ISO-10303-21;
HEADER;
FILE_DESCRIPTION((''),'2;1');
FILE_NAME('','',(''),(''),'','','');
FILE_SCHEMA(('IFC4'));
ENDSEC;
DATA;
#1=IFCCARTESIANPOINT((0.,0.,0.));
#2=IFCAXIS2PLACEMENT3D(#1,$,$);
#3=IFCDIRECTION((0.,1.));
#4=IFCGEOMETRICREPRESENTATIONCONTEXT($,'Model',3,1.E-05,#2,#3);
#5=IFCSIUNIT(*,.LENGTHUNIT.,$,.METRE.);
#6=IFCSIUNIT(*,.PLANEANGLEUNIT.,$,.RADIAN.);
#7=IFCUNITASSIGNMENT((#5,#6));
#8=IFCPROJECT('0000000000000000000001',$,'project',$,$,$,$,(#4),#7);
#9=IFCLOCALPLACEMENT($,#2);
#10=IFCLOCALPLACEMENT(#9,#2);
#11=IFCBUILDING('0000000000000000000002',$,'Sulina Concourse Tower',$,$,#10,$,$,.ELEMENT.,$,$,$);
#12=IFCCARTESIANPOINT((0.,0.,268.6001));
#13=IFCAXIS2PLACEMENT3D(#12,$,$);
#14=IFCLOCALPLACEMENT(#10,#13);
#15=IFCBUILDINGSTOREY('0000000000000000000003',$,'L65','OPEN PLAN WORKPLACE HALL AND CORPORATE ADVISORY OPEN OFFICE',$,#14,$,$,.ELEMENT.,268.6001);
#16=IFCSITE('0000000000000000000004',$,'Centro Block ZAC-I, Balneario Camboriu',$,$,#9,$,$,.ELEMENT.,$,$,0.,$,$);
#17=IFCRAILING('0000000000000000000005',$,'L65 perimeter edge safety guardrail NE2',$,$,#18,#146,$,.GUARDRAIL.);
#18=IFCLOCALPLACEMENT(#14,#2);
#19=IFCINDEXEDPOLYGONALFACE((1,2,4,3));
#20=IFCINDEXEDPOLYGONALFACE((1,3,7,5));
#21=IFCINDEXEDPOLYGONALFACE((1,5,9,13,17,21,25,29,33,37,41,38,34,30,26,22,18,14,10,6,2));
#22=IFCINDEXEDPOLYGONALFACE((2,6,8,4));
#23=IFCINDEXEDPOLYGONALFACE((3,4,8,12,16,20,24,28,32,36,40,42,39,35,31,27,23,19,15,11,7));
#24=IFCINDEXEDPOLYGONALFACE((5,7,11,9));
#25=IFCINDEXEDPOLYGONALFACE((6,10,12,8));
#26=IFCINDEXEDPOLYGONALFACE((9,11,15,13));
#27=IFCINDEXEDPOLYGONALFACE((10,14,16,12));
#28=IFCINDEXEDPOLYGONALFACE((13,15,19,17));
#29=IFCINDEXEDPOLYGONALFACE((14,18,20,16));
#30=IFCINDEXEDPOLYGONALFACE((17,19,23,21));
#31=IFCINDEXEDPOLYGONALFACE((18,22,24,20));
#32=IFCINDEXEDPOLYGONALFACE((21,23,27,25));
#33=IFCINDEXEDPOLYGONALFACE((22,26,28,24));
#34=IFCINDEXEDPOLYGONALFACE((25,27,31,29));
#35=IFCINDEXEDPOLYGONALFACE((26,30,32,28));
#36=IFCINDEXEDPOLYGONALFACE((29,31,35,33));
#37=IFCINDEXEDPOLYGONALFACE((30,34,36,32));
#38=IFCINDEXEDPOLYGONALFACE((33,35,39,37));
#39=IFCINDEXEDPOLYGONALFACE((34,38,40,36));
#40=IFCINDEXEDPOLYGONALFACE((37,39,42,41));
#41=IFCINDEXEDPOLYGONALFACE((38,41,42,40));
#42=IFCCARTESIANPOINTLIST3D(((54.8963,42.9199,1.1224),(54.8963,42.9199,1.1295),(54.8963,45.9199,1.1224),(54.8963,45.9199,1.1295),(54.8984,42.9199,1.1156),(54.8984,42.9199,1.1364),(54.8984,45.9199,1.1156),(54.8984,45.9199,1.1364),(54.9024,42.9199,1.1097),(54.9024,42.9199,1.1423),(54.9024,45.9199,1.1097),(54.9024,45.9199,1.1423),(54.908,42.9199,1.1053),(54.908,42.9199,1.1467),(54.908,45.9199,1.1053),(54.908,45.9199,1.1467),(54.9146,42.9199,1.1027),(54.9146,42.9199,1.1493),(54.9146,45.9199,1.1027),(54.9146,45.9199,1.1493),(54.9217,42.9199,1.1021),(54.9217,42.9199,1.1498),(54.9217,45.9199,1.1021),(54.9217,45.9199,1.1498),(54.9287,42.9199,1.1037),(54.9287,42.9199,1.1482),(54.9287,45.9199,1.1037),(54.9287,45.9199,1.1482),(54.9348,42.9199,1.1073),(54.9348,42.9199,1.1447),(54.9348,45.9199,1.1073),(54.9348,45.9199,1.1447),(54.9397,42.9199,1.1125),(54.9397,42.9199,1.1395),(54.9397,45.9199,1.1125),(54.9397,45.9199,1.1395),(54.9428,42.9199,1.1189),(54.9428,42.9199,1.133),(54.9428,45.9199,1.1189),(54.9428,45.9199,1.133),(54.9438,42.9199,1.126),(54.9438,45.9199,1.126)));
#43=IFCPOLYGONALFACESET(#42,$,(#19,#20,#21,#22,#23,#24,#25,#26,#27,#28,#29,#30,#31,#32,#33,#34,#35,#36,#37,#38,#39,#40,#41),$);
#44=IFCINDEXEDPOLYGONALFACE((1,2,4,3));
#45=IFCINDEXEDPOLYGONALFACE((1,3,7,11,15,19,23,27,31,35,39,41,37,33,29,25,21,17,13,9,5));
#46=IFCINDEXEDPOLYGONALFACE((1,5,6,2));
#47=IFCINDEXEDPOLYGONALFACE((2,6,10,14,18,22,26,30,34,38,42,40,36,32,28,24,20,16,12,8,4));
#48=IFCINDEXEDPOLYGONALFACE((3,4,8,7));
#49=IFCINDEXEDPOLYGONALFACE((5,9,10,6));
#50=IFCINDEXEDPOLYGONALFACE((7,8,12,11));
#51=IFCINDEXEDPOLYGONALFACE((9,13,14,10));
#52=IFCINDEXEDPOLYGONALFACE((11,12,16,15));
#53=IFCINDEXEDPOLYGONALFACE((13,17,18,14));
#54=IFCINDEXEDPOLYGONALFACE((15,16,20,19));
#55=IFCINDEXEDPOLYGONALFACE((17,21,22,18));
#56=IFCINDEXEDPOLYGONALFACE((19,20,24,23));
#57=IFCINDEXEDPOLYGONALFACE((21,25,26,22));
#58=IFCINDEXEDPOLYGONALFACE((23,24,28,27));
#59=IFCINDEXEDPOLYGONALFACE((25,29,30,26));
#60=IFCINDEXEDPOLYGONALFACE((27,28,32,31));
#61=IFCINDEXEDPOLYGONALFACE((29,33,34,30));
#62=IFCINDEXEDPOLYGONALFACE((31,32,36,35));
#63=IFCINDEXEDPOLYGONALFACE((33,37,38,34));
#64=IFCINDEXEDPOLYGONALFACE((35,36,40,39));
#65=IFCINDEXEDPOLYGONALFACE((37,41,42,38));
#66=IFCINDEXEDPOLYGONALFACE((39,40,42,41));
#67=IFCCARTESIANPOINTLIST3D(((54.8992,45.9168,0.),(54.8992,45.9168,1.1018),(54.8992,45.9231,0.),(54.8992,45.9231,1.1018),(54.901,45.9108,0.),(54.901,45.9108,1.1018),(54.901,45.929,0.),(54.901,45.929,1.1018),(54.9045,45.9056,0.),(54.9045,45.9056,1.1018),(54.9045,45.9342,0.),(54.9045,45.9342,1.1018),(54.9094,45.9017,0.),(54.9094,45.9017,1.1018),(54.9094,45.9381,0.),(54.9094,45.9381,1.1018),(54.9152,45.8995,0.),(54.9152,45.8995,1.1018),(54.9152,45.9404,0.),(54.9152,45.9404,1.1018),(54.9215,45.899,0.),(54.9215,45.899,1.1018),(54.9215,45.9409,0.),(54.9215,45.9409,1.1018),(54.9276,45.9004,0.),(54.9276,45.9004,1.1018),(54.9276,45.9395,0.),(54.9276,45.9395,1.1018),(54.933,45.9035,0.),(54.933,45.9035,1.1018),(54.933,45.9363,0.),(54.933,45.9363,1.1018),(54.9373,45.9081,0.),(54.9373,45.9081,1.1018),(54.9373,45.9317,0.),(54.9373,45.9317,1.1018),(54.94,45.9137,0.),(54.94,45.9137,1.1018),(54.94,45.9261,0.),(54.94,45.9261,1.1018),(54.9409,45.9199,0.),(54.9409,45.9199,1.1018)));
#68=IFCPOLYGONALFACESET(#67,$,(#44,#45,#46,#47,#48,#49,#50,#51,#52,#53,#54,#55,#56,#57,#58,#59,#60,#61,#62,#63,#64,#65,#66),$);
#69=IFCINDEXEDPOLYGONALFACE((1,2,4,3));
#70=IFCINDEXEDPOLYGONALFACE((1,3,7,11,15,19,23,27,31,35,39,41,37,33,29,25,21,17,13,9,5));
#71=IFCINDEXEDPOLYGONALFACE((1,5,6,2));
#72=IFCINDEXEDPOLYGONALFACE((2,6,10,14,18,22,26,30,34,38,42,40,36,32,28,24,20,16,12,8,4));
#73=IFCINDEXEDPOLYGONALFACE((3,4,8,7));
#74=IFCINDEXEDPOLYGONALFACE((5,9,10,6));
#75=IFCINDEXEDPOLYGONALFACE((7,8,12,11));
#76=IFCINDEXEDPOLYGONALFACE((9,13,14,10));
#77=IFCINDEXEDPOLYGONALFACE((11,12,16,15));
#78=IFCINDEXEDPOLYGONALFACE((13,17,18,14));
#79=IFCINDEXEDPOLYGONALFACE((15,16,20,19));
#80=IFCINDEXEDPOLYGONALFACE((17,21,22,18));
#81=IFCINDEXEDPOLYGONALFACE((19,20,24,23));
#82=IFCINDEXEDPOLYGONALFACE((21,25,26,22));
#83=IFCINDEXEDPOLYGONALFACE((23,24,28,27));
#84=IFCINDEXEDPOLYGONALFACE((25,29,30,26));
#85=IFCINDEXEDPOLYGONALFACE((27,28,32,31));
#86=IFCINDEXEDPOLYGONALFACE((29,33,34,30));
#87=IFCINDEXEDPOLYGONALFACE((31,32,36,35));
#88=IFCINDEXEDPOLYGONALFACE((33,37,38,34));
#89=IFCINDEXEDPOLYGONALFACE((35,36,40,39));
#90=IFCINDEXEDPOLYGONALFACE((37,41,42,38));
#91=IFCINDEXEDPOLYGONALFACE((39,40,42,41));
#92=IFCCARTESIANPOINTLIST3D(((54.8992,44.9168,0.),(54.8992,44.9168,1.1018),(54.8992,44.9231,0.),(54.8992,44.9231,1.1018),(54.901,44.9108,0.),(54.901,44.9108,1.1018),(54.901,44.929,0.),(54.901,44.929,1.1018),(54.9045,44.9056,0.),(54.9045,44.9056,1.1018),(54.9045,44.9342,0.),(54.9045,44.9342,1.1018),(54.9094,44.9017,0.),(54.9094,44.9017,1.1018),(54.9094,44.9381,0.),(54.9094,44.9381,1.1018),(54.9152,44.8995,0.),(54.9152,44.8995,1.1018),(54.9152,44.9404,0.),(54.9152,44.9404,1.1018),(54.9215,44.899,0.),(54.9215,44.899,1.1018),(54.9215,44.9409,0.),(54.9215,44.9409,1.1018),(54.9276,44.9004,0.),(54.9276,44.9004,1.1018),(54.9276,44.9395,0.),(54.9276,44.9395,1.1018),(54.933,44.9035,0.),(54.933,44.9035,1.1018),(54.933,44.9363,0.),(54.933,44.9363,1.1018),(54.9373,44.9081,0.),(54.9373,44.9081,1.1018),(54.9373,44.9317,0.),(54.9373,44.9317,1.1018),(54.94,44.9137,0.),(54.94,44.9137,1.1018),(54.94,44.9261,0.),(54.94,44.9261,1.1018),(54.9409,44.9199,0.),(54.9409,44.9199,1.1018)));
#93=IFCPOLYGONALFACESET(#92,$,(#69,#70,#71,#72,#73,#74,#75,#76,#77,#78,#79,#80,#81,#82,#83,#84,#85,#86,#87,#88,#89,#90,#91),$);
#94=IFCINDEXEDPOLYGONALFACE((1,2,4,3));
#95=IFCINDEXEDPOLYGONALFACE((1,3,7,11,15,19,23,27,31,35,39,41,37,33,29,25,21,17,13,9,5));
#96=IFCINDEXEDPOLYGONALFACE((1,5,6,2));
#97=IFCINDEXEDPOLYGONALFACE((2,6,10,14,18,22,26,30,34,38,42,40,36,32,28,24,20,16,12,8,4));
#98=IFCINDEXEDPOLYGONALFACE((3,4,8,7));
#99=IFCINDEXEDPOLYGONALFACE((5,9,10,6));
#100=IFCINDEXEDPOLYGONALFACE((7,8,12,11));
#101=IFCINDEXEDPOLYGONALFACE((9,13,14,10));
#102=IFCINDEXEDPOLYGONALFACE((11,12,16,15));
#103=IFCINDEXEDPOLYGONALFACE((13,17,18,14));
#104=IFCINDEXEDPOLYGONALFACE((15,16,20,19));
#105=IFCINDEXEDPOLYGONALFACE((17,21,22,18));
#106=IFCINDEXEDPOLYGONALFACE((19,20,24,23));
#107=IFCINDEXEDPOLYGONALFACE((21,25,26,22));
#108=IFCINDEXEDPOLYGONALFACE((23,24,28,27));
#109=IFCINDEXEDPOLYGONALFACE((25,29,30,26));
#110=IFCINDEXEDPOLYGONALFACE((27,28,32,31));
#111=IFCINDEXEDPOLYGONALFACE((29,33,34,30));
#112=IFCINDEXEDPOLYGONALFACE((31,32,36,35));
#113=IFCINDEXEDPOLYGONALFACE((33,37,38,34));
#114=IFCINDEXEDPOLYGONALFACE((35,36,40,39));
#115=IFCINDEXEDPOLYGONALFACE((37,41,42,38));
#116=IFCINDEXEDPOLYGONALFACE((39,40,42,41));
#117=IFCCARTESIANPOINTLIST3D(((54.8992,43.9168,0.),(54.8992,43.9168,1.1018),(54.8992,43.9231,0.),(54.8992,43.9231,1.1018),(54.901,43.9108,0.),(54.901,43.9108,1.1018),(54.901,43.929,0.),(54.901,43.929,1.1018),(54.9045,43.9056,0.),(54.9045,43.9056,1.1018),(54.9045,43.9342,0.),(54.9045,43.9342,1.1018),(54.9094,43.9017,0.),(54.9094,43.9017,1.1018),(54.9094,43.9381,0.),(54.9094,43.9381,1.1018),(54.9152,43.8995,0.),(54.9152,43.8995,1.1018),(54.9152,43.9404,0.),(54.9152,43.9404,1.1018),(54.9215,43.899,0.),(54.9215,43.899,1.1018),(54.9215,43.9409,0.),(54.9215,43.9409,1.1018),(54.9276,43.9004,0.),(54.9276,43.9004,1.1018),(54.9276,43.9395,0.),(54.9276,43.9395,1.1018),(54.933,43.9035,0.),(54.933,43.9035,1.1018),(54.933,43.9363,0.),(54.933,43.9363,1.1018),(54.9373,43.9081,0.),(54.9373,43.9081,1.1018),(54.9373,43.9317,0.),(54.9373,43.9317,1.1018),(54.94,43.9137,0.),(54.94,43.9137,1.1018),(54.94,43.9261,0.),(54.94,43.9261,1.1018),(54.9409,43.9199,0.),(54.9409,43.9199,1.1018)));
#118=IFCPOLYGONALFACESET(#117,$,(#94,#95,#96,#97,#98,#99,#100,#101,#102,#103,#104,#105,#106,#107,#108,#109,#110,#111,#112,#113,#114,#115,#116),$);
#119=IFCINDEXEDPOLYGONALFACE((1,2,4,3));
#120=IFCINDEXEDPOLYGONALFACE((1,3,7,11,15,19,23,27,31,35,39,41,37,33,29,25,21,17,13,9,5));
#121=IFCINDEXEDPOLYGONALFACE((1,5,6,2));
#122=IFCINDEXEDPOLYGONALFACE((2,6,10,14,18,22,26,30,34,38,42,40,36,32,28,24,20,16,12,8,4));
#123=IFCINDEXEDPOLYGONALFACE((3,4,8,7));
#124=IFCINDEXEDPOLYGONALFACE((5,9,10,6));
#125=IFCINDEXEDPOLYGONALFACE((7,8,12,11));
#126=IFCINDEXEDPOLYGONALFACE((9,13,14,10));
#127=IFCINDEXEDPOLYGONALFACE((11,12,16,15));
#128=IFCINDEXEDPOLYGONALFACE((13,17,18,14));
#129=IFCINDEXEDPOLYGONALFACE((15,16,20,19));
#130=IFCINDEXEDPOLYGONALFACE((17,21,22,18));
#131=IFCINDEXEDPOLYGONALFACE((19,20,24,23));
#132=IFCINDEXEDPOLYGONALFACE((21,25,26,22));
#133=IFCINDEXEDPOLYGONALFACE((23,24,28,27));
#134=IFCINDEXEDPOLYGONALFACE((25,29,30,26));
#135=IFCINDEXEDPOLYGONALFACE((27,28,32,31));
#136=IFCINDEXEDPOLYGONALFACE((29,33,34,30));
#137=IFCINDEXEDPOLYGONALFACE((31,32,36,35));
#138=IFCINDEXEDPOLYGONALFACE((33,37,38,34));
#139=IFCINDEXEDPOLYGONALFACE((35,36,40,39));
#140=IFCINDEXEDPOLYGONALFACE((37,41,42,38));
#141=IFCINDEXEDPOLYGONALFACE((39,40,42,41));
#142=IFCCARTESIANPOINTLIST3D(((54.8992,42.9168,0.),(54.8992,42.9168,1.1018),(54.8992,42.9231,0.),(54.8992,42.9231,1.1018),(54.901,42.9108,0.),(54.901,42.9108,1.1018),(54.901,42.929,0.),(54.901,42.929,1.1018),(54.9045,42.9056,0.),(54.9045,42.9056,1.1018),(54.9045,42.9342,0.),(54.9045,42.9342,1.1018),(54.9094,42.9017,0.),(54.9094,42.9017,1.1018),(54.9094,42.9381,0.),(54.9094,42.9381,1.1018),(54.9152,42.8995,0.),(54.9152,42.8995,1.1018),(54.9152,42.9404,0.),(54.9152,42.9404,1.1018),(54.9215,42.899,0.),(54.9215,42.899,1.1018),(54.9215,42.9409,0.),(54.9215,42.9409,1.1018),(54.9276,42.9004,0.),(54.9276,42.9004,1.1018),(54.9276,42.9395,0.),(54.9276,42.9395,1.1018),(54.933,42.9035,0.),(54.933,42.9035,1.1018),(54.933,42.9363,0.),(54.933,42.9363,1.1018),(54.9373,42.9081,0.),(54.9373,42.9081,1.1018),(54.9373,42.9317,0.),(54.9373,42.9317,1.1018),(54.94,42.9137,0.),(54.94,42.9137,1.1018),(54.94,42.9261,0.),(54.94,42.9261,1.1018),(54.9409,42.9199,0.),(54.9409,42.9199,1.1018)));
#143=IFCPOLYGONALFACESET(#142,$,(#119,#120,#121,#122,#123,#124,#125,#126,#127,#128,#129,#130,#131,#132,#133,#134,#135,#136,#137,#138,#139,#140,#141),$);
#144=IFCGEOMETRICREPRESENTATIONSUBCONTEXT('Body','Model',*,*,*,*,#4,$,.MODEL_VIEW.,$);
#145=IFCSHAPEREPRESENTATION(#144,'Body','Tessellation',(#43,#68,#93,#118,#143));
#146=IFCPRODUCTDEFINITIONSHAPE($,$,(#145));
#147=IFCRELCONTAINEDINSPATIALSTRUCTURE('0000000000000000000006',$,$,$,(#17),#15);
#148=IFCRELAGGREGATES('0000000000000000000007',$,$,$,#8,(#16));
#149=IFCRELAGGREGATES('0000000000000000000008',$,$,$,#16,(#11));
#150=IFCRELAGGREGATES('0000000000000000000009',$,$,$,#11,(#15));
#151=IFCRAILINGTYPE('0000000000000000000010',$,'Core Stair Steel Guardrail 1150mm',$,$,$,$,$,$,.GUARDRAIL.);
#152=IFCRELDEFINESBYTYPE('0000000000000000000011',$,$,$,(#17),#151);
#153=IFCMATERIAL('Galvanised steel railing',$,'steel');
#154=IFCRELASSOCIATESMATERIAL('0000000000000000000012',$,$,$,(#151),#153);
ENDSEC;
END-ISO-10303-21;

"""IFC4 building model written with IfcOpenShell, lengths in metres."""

from ifc_helpers import new_model, si_unit, direction, frame, origin, origin_2d, place, context, subcontext, project, spatial, circle, extrude, material, type_object, element, save


model = new_model("IFC4")

# Units and contexts
model_context = context("Model", 3, precision=1e-05, world=origin(), true_north=direction((0.0, 1.0)))
body_context = subcontext(model_context, "Body", "Model", "MODEL_VIEW")
ifc_project = project(units=[si_unit("LENGTHUNIT", "METRE"), si_unit("PLANEANGLEUNIT", "RADIAN")], contexts=[model_context])

# Site, building, storey
site_placement = place(None, origin())
site = spatial("IfcSite", under=ifc_project, at=site_placement, Name="Centro Block ZAC-I, Balneario Camboriu", CompositionType="ELEMENT", RefElevation=0.0)
building_placement = place(site_placement, origin())
building = spatial("IfcBuilding", under=site, at=building_placement, Name="Sulina Concourse Tower", CompositionType="ELEMENT")
storey_placement = place(building_placement, frame((0.0, 0.0, 268.6001)))
storey = spatial("IfcBuildingStorey", under=building, at=storey_placement, Name="L65", Description="OPEN PLAN WORKPLACE HALL AND CORPORATE ADVISORY OPEN OFFICE", CompositionType="ELEMENT", Elevation=268.6001)

# Railing
ifc_material_1 = material(Name="Galvanised steel railing", Category="steel")
railing_type_1 = type_object("IfcRailingType", Name="Core Stair Steel Guardrail 1150mm", PredefinedType="GUARDRAIL", material=ifc_material_1)
railing_1_placement = place(storey_placement, frame((54.9199, 45.9199, 0.0)))
element("IfcRailing", 1, at=railing_1_placement, inside=storey, type_object=railing_type_1, Name="L65 perimeter edge safety guardrail NE2", PredefinedType="GUARDRAIL", context=body_context, shape_type="SweptSolid", body=[
    extrude(circle(Radius=0.0239, at=origin_2d()), frame((0.0, 0.0, 1.126), z_axis=(0.0, -1.0, 0.0), x_axis=(1.0, 0.0, 0.0)), (0.0, 0.0, 1.0), 3.0),
    extrude(circle(Radius=0.021, at=origin_2d()), origin(), (0.0, 0.0, 1.0), 1.1018),
    extrude(circle(Radius=0.021, at=origin_2d()), frame((0.0, -1.0, 0.0)), (0.0, 0.0, 1.0), 1.1018),
    extrude(circle(Radius=0.021, at=origin_2d()), frame((0.0, -2.0, 0.0)), (0.0, 0.0, 1.0), 1.1018),
    extrude(circle(Radius=0.021, at=origin_2d()), frame((0.0, -3.0, 0.0)), (0.0, 0.0, 1.0), 1.1018),
])

save(model, "model.ifc")
